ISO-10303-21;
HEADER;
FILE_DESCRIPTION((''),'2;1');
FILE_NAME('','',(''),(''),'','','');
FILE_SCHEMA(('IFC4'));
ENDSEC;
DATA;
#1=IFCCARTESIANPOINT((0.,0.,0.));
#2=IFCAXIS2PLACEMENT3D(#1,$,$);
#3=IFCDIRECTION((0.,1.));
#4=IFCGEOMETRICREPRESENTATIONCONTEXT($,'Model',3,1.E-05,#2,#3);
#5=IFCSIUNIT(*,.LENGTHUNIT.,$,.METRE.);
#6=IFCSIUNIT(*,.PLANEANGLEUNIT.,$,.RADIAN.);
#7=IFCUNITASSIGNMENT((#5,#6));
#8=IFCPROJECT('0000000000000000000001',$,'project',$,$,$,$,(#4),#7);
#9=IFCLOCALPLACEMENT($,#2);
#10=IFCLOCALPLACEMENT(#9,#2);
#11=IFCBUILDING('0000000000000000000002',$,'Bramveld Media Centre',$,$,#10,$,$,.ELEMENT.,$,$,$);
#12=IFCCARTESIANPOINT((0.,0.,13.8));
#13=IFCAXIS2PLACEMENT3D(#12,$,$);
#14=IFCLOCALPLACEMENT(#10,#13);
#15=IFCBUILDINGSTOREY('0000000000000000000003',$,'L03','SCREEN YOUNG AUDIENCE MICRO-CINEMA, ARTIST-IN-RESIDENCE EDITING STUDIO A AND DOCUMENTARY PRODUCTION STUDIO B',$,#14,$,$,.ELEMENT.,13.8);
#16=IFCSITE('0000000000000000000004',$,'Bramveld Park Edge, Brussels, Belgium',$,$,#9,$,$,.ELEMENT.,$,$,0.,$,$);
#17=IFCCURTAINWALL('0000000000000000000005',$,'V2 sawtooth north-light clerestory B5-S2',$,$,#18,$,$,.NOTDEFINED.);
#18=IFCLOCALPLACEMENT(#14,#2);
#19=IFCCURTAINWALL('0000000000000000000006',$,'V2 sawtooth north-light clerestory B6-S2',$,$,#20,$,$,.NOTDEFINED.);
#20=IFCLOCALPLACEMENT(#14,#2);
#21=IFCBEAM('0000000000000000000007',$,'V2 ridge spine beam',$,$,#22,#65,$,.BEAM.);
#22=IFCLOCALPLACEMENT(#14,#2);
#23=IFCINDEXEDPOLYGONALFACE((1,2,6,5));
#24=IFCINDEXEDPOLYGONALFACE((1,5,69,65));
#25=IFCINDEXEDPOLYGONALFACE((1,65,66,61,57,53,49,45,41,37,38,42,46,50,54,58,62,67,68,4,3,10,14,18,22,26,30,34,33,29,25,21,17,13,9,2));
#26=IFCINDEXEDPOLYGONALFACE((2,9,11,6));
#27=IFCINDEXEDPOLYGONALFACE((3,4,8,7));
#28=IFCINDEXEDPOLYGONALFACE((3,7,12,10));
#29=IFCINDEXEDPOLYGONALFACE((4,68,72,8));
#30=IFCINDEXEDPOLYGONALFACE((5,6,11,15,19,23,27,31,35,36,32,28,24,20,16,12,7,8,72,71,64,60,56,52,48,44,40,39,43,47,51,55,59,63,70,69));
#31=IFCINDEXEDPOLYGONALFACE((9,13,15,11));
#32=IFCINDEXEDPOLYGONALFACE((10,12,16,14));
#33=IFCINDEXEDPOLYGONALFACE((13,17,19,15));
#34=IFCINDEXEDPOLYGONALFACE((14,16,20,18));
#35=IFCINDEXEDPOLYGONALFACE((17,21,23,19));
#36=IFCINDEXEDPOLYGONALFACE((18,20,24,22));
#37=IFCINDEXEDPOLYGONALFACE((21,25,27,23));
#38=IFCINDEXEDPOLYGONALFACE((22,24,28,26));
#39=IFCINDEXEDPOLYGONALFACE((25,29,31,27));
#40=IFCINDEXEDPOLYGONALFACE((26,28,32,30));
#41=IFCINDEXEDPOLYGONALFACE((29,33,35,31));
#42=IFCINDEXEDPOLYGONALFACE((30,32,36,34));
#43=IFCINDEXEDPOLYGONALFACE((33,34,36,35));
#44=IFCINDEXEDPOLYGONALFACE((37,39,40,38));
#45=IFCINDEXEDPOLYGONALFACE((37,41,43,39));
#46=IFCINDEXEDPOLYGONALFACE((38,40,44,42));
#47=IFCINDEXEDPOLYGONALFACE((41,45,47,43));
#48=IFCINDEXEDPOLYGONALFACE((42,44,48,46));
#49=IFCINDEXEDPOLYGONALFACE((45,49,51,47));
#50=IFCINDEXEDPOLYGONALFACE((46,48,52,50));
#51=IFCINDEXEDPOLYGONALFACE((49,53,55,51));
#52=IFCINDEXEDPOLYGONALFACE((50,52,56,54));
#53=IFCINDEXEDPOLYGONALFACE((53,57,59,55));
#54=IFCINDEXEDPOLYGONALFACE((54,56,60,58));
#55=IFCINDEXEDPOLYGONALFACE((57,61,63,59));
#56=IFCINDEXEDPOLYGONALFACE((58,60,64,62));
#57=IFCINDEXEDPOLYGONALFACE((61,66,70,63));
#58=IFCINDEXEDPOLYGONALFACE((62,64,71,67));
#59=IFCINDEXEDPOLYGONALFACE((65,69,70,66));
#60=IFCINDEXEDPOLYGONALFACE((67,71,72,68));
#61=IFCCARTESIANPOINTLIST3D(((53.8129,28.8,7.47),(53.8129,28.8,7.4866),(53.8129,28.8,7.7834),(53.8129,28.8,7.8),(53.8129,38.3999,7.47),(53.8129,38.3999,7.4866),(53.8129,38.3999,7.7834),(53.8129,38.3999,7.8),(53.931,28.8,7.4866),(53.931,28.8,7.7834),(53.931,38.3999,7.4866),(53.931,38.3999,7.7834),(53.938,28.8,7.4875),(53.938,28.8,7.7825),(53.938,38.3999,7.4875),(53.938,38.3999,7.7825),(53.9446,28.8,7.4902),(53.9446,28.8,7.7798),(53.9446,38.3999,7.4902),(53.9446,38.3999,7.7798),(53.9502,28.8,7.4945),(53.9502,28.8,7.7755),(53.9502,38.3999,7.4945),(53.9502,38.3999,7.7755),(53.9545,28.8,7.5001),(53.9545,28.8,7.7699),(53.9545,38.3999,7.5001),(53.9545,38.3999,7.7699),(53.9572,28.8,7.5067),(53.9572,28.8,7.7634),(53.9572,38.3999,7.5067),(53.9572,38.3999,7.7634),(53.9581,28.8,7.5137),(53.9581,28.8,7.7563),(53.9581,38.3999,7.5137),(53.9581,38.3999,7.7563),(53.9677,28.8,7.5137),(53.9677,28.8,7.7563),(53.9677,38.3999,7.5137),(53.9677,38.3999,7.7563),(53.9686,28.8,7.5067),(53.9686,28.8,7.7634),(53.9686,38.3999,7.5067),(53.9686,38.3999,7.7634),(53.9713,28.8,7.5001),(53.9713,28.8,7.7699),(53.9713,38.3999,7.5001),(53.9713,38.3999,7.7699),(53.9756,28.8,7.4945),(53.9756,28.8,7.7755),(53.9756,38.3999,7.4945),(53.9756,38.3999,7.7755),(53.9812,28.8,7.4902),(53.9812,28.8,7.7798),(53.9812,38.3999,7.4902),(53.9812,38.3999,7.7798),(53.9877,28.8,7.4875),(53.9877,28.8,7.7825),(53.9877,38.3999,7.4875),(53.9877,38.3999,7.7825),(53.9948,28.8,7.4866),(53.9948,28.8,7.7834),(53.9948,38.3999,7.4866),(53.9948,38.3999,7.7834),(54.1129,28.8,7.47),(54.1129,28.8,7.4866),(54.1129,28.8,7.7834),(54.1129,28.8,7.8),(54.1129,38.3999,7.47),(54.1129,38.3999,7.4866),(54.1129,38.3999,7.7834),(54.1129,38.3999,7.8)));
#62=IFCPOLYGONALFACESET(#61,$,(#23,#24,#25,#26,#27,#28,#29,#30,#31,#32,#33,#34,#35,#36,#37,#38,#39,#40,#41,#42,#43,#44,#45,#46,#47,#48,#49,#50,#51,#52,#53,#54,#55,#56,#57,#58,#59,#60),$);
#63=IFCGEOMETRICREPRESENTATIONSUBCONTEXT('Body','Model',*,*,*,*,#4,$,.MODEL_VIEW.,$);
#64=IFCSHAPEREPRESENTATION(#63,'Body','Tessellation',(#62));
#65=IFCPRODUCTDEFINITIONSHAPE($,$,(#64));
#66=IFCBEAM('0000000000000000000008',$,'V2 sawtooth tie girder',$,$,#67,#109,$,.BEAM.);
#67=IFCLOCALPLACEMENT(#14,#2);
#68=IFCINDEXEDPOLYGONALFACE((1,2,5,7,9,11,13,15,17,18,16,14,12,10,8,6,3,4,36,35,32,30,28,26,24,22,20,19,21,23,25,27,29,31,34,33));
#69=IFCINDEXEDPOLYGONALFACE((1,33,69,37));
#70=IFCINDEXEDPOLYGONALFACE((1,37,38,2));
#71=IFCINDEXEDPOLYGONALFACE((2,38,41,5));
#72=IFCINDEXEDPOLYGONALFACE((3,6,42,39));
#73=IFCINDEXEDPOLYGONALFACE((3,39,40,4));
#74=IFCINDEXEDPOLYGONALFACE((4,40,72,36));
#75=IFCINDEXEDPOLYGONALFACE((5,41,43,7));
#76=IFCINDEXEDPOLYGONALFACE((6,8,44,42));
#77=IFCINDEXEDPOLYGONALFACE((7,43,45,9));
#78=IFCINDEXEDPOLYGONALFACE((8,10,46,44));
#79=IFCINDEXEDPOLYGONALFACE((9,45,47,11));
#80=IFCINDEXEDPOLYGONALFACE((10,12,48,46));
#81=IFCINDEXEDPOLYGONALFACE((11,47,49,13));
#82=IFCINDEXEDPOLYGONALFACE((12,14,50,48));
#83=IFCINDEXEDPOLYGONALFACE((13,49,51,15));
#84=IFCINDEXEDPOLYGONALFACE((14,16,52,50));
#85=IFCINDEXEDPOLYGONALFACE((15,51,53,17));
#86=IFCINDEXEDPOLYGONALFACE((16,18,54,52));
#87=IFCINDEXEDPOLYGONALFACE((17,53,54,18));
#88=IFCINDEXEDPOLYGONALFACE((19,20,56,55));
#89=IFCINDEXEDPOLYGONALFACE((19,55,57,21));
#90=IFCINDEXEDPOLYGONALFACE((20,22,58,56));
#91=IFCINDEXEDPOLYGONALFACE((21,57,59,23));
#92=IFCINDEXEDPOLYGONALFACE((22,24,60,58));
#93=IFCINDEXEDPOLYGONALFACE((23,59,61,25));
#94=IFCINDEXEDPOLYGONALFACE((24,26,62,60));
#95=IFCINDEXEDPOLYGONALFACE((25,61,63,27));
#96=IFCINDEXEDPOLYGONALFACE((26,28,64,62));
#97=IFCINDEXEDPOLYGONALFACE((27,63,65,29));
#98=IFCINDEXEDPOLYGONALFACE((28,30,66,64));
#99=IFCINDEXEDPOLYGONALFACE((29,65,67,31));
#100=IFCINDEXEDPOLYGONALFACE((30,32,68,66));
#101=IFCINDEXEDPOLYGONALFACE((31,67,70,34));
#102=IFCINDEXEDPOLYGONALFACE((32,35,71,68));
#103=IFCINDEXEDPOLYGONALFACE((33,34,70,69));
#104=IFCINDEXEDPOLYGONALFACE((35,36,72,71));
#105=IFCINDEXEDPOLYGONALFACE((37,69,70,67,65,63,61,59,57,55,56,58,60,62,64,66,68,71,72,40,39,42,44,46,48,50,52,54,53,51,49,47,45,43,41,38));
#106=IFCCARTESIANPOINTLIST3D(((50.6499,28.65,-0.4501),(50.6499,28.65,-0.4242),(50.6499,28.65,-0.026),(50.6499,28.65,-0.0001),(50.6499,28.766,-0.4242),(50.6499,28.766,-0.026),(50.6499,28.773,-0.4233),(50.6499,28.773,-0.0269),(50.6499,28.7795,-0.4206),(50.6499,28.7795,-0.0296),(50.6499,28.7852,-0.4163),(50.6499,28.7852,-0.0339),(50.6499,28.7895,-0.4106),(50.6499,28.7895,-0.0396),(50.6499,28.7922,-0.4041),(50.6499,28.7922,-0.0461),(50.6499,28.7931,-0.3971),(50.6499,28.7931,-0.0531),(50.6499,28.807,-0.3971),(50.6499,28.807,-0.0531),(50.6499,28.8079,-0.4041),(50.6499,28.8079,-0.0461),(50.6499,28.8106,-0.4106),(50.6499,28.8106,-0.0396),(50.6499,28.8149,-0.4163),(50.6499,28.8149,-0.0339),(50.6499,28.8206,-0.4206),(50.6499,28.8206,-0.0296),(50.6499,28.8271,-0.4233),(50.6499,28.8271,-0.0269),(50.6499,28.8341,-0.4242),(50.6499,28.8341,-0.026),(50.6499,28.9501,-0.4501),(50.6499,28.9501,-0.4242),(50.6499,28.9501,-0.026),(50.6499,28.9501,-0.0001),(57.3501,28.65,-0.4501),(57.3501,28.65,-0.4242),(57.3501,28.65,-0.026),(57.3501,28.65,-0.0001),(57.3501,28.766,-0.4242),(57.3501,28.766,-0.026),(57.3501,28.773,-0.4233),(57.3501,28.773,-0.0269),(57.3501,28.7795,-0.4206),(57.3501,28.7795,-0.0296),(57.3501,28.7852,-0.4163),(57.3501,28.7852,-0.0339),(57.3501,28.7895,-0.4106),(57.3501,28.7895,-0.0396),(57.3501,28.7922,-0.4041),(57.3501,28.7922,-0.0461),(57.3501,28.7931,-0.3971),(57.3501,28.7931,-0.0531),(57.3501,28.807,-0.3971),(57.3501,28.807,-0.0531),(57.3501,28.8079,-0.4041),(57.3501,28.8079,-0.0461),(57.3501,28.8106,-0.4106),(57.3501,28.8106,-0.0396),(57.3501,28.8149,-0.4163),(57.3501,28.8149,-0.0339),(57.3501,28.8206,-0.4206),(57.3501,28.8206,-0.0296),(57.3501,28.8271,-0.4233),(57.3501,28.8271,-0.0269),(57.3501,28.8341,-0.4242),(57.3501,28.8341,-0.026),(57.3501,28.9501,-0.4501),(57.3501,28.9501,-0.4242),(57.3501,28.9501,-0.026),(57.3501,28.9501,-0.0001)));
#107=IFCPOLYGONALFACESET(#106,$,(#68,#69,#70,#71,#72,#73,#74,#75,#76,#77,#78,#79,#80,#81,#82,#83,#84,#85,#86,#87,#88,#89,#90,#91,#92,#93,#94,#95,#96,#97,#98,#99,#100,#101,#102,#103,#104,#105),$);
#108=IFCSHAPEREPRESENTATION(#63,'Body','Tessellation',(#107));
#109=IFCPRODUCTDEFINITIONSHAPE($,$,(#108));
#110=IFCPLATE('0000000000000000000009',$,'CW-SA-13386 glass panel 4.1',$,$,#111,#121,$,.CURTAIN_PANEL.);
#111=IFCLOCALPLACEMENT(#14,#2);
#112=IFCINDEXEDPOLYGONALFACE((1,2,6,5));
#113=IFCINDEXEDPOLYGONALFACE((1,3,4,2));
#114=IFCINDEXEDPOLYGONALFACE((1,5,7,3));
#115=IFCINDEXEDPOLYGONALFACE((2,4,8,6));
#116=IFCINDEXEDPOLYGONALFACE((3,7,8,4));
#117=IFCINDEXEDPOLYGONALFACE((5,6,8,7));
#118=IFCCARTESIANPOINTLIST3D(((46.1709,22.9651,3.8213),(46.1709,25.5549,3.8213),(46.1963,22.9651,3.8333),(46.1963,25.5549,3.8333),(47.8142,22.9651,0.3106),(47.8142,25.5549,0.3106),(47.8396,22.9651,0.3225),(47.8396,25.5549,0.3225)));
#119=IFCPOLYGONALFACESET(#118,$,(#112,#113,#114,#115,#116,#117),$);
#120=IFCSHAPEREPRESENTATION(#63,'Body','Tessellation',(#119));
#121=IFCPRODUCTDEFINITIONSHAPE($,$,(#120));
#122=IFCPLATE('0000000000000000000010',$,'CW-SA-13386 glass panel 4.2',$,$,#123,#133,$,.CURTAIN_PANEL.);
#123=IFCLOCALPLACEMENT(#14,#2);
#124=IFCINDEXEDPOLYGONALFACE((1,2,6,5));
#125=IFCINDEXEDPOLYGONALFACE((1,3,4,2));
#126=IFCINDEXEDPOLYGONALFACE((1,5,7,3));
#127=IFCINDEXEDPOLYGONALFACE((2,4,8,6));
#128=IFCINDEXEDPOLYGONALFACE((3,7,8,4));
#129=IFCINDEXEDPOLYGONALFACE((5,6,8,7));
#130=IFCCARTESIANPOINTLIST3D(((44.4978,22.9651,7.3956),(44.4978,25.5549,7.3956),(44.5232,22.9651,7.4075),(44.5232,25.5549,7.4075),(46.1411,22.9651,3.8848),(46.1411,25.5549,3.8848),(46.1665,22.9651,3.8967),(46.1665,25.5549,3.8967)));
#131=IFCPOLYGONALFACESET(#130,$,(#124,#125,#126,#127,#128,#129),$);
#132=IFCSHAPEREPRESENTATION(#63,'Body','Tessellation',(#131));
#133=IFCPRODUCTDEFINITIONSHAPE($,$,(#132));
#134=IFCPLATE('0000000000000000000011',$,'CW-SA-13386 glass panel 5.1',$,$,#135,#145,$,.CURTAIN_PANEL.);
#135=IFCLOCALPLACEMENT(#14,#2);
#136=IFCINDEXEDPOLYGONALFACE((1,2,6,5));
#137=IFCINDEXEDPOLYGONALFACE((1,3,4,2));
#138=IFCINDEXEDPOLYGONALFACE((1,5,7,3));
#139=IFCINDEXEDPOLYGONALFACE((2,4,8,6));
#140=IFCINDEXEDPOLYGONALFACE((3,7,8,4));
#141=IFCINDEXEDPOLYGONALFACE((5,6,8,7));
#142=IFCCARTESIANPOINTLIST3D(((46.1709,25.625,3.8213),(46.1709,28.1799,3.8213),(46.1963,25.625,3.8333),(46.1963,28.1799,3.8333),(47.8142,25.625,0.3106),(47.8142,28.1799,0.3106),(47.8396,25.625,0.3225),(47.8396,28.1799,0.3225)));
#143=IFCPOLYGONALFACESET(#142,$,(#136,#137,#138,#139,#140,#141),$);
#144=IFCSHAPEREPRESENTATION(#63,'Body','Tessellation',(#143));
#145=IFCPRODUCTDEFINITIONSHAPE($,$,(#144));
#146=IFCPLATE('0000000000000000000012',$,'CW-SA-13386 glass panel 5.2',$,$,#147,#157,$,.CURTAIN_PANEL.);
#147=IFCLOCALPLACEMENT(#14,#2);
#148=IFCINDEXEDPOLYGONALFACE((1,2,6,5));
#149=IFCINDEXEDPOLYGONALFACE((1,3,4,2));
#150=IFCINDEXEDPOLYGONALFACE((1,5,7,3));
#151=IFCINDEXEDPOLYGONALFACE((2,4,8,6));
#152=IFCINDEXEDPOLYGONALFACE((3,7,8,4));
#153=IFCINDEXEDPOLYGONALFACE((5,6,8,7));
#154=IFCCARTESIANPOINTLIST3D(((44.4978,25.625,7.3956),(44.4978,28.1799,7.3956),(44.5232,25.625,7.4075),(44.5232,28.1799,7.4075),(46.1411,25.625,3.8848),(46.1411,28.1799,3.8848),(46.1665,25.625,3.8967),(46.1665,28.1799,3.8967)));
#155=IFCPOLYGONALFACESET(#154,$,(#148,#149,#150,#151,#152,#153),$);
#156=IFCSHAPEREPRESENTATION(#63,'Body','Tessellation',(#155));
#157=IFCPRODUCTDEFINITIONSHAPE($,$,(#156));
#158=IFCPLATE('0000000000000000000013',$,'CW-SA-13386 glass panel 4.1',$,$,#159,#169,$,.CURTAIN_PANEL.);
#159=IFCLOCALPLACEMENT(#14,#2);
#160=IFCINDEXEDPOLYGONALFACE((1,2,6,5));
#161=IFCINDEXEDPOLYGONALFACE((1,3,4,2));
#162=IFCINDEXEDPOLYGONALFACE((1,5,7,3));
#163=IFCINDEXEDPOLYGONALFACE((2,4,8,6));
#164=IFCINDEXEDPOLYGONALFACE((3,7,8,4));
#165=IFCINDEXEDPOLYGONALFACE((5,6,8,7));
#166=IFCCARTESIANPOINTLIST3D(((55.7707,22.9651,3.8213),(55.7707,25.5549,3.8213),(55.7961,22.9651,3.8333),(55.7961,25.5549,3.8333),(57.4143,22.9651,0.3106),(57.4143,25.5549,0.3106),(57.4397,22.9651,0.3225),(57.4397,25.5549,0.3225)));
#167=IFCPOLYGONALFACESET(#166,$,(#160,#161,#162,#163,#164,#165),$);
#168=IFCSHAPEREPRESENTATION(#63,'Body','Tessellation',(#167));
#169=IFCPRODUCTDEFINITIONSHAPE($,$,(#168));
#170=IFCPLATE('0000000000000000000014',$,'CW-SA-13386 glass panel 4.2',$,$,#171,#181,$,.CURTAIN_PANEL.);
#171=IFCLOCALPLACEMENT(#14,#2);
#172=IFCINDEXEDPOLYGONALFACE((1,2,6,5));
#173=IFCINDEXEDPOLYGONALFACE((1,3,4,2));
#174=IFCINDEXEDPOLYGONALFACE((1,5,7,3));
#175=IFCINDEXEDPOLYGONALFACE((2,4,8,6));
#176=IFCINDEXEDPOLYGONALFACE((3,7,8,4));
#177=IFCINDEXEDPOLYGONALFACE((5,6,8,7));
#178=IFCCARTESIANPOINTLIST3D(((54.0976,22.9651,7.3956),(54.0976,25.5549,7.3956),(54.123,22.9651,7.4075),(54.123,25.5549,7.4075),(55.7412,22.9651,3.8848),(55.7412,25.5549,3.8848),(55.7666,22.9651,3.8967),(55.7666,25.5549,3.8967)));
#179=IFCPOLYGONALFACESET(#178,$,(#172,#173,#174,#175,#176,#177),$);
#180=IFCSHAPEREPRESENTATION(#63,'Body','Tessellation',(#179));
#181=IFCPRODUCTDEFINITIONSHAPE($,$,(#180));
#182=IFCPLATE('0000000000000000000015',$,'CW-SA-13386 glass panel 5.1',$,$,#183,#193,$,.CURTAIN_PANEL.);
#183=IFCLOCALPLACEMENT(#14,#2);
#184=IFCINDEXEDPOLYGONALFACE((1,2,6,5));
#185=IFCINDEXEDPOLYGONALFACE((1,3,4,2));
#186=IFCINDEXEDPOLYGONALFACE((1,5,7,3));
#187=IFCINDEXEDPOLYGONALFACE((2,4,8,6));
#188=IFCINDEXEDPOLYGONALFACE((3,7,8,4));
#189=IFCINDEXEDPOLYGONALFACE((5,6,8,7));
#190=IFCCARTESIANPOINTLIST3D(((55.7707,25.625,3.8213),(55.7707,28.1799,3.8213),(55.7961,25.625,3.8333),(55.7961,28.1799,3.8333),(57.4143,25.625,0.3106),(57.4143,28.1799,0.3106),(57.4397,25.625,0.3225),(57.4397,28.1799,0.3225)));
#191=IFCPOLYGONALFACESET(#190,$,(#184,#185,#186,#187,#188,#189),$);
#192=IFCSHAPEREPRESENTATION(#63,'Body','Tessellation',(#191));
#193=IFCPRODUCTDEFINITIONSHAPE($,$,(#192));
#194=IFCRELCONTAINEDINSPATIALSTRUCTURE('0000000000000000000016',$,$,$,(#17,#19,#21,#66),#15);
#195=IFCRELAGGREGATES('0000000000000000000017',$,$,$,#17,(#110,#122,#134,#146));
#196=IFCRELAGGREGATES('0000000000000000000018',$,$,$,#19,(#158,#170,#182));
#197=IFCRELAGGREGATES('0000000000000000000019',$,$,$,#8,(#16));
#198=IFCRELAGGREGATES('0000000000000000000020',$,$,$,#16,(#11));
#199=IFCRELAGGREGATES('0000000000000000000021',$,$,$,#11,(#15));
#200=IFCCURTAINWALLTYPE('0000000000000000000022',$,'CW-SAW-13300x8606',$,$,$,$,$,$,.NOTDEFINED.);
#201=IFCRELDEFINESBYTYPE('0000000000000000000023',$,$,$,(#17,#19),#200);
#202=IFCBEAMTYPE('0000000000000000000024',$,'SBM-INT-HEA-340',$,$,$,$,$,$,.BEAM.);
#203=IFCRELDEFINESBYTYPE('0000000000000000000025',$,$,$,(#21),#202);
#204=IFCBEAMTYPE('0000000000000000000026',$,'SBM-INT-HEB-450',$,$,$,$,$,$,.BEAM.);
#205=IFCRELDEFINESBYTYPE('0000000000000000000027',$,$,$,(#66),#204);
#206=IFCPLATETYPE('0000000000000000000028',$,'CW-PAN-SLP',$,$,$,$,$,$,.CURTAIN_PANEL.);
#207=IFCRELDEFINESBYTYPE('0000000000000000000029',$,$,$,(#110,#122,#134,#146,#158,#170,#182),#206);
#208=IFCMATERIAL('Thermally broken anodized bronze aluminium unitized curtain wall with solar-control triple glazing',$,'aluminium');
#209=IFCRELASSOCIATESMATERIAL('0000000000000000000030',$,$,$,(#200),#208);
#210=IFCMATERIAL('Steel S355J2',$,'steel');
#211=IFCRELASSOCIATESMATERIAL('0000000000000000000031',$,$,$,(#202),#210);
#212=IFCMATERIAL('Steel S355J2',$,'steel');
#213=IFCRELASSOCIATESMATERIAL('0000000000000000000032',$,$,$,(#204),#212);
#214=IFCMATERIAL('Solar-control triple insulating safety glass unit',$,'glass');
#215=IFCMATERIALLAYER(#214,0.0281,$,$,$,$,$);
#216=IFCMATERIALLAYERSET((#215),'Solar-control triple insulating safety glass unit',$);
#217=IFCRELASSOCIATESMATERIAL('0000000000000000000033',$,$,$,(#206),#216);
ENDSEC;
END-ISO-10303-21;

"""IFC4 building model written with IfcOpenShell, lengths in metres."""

from ifc_helpers import new_model, si_unit, direction, frame, origin, origin_2d, place, context, subcontext, project, spatial, polyline, i_section, outline, extrude, material, layer, layer_set, material_profile, profile_set, type_object, element, aggregate, save


model = new_model("IFC4")

# Units and contexts
model_context = context("Model", 3, precision=1e-05, world=origin(), true_north=direction((0.0, 1.0)))
body_context = subcontext(model_context, "Body", "Model", "MODEL_VIEW")
ifc_project = project(units=[si_unit("LENGTHUNIT", "METRE"), si_unit("PLANEANGLEUNIT", "RADIAN")], contexts=[model_context])

# Site, building, storey
site_placement = place(None, origin())
site = spatial("IfcSite", under=ifc_project, at=site_placement, Name="Bramveld Park Edge, Brussels, Belgium", CompositionType="ELEMENT", RefElevation=0.0)
building_placement = place(site_placement, origin())
building = spatial("IfcBuilding", under=site, at=building_placement, Name="Bramveld Media Centre", CompositionType="ELEMENT")
storey_placement = place(building_placement, frame((0.0, 0.0, 13.8)))
storey = spatial("IfcBuildingStorey", under=building, at=storey_placement, Name="L03", Description="SCREEN YOUNG AUDIENCE MICRO-CINEMA, ARTIST-IN-RESIDENCE EDITING STUDIO A AND DOCUMENTARY PRODUCTION STUDIO B", CompositionType="ELEMENT", Elevation=13.8)

# Curtain walls
ifc_material_1 = material(Name="Thermally broken anodized bronze aluminium unitized curtain wall with solar-control triple glazing", Category="aluminium")
curtain_wall_type = type_object("IfcCurtainWallType", Name="CW-SAW-13300x8606", PredefinedType="NOTDEFINED", material=ifc_material_1)
curtain_wall_1_placement = place(storey_placement, origin())
curtain_wall_1 = element("IfcCurtainWall", 1, at=curtain_wall_1_placement, inside=storey, type_object=curtain_wall_type, Name="V2 sawtooth north-light clerestory B5-S2", PredefinedType="NOTDEFINED")
curtain_wall_2_placement = place(storey_placement, origin())
curtain_wall_2 = element("IfcCurtainWall", 2, at=curtain_wall_2_placement, inside=storey, type_object=curtain_wall_type, Name="V2 sawtooth north-light clerestory B6-S2", PredefinedType="NOTDEFINED")

# Beams
ifc_material_2 = material(Name="Steel S355J2", Category="steel")
ifc_material_profile_1 = material_profile(ifc_material_2, i_section(OverallWidth=0.3, OverallDepth=0.3301, WebThickness=0.0095, FlangeThickness=0.0166, FilletRadius=0.0271, at=origin_2d()), Name="HEA 340")
ifc_profile_set_1 = profile_set([ifc_material_profile_1], Name="Steel S355J2")
beam_type_1 = type_object("IfcBeamType", Name="SBM-INT-HEA-340", PredefinedType="BEAM", material=ifc_profile_set_1)
beam_1_placement = place(storey_placement, frame((53.9629, 28.8, 7.635), z_axis=(0.0, 1.0, 0.0), x_axis=(-1.0, 0.0, 0.0)))
element("IfcBeam", 3, at=beam_1_placement, inside=storey, type_object=beam_type_1, Name="V2 ridge spine beam", PredefinedType="BEAM", context=body_context, shape_type="SweptSolid", body=[
    extrude(i_section(OverallWidth=0.3, OverallDepth=0.3301, WebThickness=0.0095, FlangeThickness=0.0166, FilletRadius=0.0271, at=origin_2d()), origin(), (0.0, 0.0, 1.0), 9.5999),
])
ifc_material_3 = material(Name="Steel S355J2", Category="steel")
ifc_material_profile_2 = material_profile(ifc_material_3, i_section(OverallWidth=0.3, OverallDepth=0.45, WebThickness=0.0139, FlangeThickness=0.0259, FilletRadius=0.0271, at=origin_2d()), Name="HEB 450")
ifc_profile_set_2 = profile_set([ifc_material_profile_2], Name="Steel S355J2")
beam_type_2 = type_object("IfcBeamType", Name="SBM-INT-HEB-450", PredefinedType="BEAM", material=ifc_profile_set_2)
beam_2_placement = place(storey_placement, frame((50.6499, 28.8, -0.2251), z_axis=(1.0, 0.0, 0.0), x_axis=(0.0, 1.0, 0.0)))
element("IfcBeam", 4, at=beam_2_placement, inside=storey, type_object=beam_type_2, Name="V2 sawtooth tie girder", PredefinedType="BEAM", context=body_context, shape_type="SweptSolid", body=[
    extrude(i_section(OverallWidth=0.3, OverallDepth=0.45, WebThickness=0.0139, FlangeThickness=0.0259, FilletRadius=0.0271, at=origin_2d()), origin(), (0.0, 0.0, 1.0), 6.7002),
])

# Plates
ifc_material_4 = material(Name="Solar-control triple insulating safety glass unit", Category="glass")
ifc_layer_1 = layer(ifc_material_4, 0.0281)
ifc_layer_set_1 = layer_set([ifc_layer_1], Name="Solar-control triple insulating safety glass unit")
plate_type_1 = type_object("IfcPlateType", Name="CW-PAN-SLP", PredefinedType="CURTAIN_PANEL", material=ifc_layer_set_1)
plate_1_placement = place(storey_placement, frame((47.8396, 22.9651, 0.3225), z_axis=(0.905692, 0.0, 0.423937), x_axis=(0.0, 1.0, 0.0)))
plate_1 = element("IfcPlate", 5, at=plate_1_placement, type_object=plate_type_1, Name="CW-SA-13386 glass panel 4.1", PredefinedType="CURTAIN_PANEL", context=body_context, shape_type="SweptSolid", body=[
    extrude(outline(polyline([(0.0, 0.0), (2.5898, 0.0), (2.5898, 3.8763), (0.0, 3.8763), (0.0, 0.0)])), origin(), (0.0, 0.0, -1.0), 0.0281),
])
plate_2_placement = place(storey_placement, frame((46.1665, 22.9651, 3.8967), z_axis=(0.905692, 0.0, 0.423937), x_axis=(0.0, 1.0, 0.0)))
plate_2 = element("IfcPlate", 6, at=plate_2_placement, type_object=plate_type_1, Name="CW-SA-13386 glass panel 4.2", PredefinedType="CURTAIN_PANEL", context=body_context, shape_type="SweptSolid", body=[
    extrude(outline(polyline([(0.0, 0.0), (2.5898, 0.0), (2.5898, 3.8763), (0.0, 3.8763), (0.0, 0.0)])), origin(), (0.0, 0.0, -1.0), 0.0281),
])
plate_3_placement = place(storey_placement, frame((47.8396, 25.625, 0.3225), z_axis=(0.905692, 0.0, 0.423937), x_axis=(0.0, 1.0, 0.0)))
plate_3 = element("IfcPlate", 7, at=plate_3_placement, type_object=plate_type_1, Name="CW-SA-13386 glass panel 5.1", PredefinedType="CURTAIN_PANEL", context=body_context, shape_type="SweptSolid", body=[
    extrude(outline(polyline([(0.0, 0.0), (2.5549, 0.0), (2.5549, 3.8763), (0.0, 3.8763), (0.0, 0.0)])), origin(), (0.0, 0.0, -1.0), 0.0281),
])
plate_4_placement = place(storey_placement, frame((46.1665, 25.625, 3.8967), z_axis=(0.905692, 0.0, 0.423937), x_axis=(0.0, 1.0, 0.0)))
plate_4 = element("IfcPlate", 8, at=plate_4_placement, type_object=plate_type_1, Name="CW-SA-13386 glass panel 5.2", PredefinedType="CURTAIN_PANEL", context=body_context, shape_type="SweptSolid", body=[
    extrude(outline(polyline([(0.0, 0.0), (2.5549, 0.0), (2.5549, 3.8763), (0.0, 3.8763), (0.0, 0.0)])), origin(), (0.0, 0.0, -1.0), 0.0281),
])
aggregate(curtain_wall_1, [plate_1, plate_2, plate_3, plate_4])
plate_5_placement = place(storey_placement, frame((57.4397, 22.9651, 0.3225), z_axis=(0.905668, 0.0, 0.423988), x_axis=(0.0, 1.0, 0.0)))
plate_5 = element("IfcPlate", 9, at=plate_5_placement, type_object=plate_type_1, Name="CW-SA-13386 glass panel 4.1", PredefinedType="CURTAIN_PANEL", context=body_context, shape_type="SweptSolid", body=[
    extrude(outline(polyline([(0.0, 0.0), (2.5898, 0.0), (2.5898, 3.8764), (0.0, 3.8764), (0.0, 0.0)])), origin(), (0.0, 0.0, -1.0), 0.0281),
])
plate_6_placement = place(storey_placement, frame((55.7666, 22.9651, 3.8967), z_axis=(0.905668, 0.0, 0.423988), x_axis=(0.0, 1.0, 0.0)))
plate_6 = element("IfcPlate", 10, at=plate_6_placement, type_object=plate_type_1, Name="CW-SA-13386 glass panel 4.2", PredefinedType="CURTAIN_PANEL", context=body_context, shape_type="SweptSolid", body=[
    extrude(outline(polyline([(0.0, 0.0), (2.5898, 0.0), (2.5898, 3.8764), (0.0, 3.8764), (0.0, 0.0)])), origin(), (0.0, 0.0, -1.0), 0.0281),
])
plate_7_placement = place(storey_placement, frame((57.4397, 25.625, 0.3225), z_axis=(0.905668, 0.0, 0.423988), x_axis=(0.0, 1.0, 0.0)))
plate_7 = element("IfcPlate", 11, at=plate_7_placement, type_object=plate_type_1, Name="CW-SA-13386 glass panel 5.1", PredefinedType="CURTAIN_PANEL", context=body_context, shape_type="SweptSolid", body=[
    extrude(outline(polyline([(0.0, 0.0), (2.5549, 0.0), (2.5549, 3.8764), (0.0, 3.8764), (0.0, 0.0)])), origin(), (0.0, 0.0, -1.0), 0.0281),
])
aggregate(curtain_wall_2, [plate_5, plate_6, plate_7])

save(model, "model.ifc")
